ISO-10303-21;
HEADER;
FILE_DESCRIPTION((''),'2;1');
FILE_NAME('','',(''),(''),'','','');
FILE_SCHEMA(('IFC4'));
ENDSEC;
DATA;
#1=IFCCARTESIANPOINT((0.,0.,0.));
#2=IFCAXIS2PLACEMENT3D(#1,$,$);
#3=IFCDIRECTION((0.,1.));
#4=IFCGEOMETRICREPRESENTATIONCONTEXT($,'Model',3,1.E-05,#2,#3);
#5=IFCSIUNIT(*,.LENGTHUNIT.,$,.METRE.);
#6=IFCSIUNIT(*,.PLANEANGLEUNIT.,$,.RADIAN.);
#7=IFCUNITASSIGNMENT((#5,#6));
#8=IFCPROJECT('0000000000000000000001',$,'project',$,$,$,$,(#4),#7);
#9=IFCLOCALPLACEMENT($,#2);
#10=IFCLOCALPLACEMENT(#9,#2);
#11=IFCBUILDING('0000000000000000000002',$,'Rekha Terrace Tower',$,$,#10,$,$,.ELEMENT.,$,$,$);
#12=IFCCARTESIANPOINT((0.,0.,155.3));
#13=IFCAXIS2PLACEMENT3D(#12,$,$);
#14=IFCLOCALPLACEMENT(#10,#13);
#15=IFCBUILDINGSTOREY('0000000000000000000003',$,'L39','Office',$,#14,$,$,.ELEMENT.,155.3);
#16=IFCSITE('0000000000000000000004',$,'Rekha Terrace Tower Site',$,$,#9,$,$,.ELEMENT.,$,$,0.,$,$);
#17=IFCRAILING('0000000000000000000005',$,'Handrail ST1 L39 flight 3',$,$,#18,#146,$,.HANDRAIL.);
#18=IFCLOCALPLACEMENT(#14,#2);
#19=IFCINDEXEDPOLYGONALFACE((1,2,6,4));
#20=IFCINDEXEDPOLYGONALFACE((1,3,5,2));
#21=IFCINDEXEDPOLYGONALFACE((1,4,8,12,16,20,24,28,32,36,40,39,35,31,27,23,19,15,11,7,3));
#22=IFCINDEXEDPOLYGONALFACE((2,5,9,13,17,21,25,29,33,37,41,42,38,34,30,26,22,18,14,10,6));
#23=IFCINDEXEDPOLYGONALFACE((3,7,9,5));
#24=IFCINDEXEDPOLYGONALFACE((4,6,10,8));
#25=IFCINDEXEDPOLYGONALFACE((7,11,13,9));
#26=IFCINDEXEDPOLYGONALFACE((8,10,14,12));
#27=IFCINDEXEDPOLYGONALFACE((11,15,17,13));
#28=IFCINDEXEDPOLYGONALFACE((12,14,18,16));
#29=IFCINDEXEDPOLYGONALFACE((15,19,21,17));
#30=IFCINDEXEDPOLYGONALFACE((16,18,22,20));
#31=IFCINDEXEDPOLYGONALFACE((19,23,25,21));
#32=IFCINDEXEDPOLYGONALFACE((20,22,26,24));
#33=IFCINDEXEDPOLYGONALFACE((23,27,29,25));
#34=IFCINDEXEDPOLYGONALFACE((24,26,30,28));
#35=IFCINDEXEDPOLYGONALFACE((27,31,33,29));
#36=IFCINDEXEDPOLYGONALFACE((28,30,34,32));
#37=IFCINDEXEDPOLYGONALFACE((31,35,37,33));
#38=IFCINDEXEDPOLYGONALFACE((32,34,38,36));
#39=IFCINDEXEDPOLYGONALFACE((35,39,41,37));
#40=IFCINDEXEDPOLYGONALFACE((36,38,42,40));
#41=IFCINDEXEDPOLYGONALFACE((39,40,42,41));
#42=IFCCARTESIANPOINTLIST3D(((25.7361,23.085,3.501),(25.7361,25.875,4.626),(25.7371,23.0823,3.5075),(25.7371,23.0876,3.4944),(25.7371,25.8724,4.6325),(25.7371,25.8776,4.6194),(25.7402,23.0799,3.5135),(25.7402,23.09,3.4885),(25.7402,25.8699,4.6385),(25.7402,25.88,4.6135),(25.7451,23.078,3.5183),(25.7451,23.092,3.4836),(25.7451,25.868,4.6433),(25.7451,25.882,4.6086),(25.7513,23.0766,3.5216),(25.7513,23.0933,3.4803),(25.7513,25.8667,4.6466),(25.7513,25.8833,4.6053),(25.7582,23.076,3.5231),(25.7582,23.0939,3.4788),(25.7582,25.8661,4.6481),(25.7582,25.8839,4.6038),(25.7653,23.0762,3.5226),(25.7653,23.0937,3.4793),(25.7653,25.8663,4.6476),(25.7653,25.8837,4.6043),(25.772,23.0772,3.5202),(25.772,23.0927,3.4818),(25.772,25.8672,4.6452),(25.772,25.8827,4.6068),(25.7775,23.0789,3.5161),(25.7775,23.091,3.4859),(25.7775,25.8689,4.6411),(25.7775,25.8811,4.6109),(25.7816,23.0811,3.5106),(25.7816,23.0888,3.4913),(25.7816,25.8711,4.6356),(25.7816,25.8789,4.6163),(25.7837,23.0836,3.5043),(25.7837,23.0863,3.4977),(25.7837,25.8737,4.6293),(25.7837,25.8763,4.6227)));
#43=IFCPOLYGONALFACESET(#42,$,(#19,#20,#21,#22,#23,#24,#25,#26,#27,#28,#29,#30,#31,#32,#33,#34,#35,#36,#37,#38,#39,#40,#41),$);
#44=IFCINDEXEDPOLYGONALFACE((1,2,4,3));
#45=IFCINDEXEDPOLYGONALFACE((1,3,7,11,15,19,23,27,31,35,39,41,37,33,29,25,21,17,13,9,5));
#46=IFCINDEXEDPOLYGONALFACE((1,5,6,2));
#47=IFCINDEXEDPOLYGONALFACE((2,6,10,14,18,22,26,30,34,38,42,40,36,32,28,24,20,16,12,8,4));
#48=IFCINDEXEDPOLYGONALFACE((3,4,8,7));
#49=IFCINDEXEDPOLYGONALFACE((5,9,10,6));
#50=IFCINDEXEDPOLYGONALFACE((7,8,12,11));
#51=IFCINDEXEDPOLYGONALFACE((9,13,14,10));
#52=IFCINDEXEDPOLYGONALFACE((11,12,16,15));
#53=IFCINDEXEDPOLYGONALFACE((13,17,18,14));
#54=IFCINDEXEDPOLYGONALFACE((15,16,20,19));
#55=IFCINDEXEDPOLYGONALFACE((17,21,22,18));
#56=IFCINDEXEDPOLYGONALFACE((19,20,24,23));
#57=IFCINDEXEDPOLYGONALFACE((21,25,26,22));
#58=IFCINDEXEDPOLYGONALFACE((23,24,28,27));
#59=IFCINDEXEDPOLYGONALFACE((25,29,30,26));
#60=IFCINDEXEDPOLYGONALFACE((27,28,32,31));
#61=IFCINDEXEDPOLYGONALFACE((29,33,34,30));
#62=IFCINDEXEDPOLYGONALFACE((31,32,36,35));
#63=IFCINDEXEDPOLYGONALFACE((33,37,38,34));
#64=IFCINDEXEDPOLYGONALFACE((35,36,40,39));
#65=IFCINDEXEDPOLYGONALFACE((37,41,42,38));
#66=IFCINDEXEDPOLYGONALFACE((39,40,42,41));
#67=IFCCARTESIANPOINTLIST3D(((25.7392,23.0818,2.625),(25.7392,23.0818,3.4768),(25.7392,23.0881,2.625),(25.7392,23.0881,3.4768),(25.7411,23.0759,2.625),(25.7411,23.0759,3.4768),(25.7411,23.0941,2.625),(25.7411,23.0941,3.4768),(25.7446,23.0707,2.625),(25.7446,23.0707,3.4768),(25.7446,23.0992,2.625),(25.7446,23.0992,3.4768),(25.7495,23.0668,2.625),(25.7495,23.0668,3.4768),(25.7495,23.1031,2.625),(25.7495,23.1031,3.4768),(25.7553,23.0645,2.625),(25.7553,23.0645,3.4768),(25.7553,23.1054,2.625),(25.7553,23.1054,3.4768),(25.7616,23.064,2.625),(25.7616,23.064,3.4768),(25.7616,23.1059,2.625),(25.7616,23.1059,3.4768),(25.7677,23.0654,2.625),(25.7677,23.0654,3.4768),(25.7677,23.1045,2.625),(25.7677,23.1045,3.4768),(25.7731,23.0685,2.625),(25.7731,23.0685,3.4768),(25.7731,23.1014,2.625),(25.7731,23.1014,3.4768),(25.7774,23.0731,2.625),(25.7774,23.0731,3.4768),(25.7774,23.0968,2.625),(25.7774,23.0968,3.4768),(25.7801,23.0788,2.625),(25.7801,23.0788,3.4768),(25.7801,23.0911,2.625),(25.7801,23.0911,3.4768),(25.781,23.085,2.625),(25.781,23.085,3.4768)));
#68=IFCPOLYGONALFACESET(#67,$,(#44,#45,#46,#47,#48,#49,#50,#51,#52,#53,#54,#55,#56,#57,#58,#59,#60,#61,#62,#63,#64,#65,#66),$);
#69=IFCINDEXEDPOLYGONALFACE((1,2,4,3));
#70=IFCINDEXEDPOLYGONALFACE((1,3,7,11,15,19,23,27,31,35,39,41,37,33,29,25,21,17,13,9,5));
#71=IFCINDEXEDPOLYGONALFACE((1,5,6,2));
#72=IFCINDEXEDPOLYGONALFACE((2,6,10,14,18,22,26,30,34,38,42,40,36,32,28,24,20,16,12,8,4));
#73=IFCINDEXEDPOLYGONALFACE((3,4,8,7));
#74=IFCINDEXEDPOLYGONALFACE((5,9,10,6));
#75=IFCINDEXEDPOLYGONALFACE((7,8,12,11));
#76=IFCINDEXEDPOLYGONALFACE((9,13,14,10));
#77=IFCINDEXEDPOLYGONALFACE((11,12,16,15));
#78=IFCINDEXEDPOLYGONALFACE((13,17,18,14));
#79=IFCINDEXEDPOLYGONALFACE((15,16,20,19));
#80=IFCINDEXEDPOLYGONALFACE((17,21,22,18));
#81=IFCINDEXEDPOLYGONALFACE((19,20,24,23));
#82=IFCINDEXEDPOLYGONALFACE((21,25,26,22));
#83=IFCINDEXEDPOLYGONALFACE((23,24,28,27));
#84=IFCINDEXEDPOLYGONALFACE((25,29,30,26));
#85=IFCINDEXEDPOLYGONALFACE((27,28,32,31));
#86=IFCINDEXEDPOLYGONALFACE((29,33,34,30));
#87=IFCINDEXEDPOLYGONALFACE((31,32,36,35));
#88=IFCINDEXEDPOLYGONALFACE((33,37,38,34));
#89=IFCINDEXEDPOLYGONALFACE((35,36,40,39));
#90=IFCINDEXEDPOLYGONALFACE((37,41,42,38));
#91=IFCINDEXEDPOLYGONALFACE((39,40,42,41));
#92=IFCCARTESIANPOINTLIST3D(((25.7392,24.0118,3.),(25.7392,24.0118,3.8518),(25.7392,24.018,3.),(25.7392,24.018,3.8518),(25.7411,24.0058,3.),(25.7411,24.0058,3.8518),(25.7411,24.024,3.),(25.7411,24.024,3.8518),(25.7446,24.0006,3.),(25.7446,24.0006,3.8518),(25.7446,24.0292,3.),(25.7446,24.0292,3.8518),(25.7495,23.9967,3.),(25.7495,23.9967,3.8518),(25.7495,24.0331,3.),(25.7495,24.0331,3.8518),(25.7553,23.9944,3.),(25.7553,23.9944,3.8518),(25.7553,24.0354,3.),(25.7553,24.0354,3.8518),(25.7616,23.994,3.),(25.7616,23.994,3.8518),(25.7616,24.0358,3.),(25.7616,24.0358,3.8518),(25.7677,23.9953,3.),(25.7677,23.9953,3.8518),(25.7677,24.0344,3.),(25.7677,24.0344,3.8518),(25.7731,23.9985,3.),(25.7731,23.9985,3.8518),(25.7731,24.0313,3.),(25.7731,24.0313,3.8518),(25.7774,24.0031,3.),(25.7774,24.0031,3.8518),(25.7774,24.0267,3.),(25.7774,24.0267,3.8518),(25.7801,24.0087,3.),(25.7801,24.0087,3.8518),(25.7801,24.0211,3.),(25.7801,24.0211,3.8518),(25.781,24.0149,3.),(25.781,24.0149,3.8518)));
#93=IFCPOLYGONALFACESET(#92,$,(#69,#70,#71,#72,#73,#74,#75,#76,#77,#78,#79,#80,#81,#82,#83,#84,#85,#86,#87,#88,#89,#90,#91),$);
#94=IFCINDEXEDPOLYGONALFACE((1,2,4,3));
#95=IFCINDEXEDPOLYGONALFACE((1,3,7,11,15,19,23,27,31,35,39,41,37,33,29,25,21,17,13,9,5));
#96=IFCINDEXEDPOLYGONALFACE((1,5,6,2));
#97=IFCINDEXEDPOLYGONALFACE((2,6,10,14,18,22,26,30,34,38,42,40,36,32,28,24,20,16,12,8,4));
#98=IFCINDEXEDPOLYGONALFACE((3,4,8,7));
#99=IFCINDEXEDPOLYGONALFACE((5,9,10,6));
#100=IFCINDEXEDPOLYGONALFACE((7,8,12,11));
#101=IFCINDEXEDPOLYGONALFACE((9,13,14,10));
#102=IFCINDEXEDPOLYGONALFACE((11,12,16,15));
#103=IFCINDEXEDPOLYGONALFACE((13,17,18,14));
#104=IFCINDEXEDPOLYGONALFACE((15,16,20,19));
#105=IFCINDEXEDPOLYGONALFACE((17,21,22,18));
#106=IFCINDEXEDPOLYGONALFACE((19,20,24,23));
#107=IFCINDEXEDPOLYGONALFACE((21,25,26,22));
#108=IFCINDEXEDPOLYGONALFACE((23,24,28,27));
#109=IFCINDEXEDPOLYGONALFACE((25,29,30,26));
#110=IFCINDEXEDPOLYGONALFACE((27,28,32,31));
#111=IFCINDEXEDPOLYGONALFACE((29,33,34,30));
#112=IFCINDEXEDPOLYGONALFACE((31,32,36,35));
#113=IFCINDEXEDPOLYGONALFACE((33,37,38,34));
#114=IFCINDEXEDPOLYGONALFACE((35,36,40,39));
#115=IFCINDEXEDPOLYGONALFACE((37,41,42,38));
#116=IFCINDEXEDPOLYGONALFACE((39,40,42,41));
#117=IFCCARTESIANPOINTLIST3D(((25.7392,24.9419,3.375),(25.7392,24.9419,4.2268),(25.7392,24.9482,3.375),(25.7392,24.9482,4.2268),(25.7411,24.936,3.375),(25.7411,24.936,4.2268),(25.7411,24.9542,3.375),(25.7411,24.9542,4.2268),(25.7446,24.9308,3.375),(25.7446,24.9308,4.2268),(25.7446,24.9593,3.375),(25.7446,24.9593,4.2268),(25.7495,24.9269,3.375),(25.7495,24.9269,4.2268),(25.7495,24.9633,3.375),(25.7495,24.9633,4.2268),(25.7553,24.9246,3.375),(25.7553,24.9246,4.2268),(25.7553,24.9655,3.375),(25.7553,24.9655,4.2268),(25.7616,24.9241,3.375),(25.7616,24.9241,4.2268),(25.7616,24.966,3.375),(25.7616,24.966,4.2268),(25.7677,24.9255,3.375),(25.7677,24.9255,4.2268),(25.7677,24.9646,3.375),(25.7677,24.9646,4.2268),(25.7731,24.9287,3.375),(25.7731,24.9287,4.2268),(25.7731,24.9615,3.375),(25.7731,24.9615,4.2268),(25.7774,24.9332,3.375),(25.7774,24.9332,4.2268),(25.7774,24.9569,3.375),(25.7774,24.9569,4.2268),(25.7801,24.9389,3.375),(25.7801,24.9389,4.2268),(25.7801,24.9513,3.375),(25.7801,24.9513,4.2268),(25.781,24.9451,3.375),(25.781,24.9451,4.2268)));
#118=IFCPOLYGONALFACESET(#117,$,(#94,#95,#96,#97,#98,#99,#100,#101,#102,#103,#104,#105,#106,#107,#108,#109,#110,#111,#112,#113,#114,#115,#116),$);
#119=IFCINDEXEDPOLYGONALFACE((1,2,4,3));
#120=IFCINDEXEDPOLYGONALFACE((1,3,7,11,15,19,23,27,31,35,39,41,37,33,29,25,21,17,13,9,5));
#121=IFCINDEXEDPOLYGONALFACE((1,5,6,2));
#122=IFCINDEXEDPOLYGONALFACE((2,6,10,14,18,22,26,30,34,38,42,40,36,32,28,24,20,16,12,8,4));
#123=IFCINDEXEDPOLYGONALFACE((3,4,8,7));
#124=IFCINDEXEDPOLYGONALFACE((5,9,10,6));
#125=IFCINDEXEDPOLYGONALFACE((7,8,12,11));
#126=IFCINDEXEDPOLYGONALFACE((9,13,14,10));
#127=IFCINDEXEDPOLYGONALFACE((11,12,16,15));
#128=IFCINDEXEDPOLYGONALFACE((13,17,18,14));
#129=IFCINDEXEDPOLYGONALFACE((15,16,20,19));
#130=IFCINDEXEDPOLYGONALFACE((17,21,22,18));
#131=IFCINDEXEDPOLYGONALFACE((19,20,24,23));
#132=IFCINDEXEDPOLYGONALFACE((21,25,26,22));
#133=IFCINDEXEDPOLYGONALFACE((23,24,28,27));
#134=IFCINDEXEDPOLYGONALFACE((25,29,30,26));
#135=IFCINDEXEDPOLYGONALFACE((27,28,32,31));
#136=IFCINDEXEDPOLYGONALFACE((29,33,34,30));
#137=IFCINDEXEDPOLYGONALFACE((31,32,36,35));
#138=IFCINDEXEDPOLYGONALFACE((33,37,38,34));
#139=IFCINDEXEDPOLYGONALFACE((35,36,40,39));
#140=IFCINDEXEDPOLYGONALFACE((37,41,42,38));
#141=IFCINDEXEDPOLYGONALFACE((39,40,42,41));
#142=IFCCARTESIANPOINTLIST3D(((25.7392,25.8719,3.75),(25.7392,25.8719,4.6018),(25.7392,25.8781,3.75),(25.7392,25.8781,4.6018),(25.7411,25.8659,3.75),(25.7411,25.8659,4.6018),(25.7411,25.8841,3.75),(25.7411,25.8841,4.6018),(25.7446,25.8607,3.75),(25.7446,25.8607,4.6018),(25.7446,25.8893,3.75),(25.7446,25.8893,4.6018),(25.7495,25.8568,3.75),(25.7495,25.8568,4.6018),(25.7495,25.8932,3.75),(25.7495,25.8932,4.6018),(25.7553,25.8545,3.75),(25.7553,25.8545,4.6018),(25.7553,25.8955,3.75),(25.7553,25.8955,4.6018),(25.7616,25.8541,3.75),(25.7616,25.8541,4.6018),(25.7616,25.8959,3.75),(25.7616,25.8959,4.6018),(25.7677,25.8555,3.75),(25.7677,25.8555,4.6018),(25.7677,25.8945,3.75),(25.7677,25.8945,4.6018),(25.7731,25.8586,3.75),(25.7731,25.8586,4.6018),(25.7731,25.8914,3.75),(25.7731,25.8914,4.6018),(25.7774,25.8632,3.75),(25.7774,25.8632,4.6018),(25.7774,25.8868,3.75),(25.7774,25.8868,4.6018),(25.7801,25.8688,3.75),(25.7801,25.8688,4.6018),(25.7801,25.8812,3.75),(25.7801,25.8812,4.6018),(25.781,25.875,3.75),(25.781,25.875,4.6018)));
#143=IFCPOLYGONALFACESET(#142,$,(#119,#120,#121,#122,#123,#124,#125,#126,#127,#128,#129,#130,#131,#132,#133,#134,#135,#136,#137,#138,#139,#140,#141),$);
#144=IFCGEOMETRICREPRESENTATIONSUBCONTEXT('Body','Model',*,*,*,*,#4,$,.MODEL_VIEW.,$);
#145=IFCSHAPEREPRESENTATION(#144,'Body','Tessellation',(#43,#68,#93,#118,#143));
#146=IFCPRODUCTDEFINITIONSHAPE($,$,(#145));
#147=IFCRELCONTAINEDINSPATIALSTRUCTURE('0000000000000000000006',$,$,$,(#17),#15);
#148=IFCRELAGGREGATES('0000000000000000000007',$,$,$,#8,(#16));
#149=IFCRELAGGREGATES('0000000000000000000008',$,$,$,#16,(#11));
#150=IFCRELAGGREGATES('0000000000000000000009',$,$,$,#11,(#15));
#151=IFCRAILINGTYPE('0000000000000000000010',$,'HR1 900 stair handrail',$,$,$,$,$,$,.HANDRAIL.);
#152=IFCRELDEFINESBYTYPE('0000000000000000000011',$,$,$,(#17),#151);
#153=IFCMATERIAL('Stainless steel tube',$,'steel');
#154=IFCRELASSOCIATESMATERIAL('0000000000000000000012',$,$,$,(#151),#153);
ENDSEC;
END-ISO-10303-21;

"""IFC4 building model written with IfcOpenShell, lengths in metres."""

from ifc_helpers import new_model, si_unit, direction, frame, origin, origin_2d, place, context, subcontext, project, spatial, circle, extrude, material, type_object, element, save


model = new_model("IFC4")

# Units and contexts
model_context = context("Model", 3, precision=1e-05, world=origin(), true_north=direction((0.0, 1.0)))
body_context = subcontext(model_context, "Body", "Model", "MODEL_VIEW")
ifc_project = project(units=[si_unit("LENGTHUNIT", "METRE"), si_unit("PLANEANGLEUNIT", "RADIAN")], contexts=[model_context])

# Site, building, storey
site_placement = place(None, origin())
site = spatial("IfcSite", under=ifc_project, at=site_placement, Name="Rekha Terrace Tower Site", CompositionType="ELEMENT", RefElevation=0.0)
building_placement = place(site_placement, origin())
building = spatial("IfcBuilding", under=site, at=building_placement, Name="Rekha Terrace Tower", CompositionType="ELEMENT")
storey_placement = place(building_placement, frame((0.0, 0.0, 155.3)))
storey = spatial("IfcBuildingStorey", under=building, at=storey_placement, Name="L39", Description="Office", CompositionType="ELEMENT", Elevation=155.3)

# Railing
ifc_material_1 = material(Name="Stainless steel tube", Category="steel")
railing_type_1 = type_object("IfcRailingType", Name="HR1 900 stair handrail", PredefinedType="HANDRAIL", material=ifc_material_1)
railing_1_placement = place(storey_placement, frame((25.76, 23.085, 2.625)))
element("IfcRailing", 1, at=railing_1_placement, inside=storey, type_object=railing_type_1, Name="Handrail ST1 L39 flight 3", PredefinedType="HANDRAIL", context=body_context, shape_type="SweptSolid", body=[
    extrude(circle(Radius=0.0239, at=origin_2d()), frame((0.0, 0.0, 0.876), z_axis=(0.0, 0.927443, 0.373964), x_axis=(-1.0, 0.0, 0.0)), (0.0, 0.0, 1.0), 3.0083),
    extrude(circle(Radius=0.021, at=origin_2d()), origin(), (0.0, 0.0, 1.0), 0.8518),
    extrude(circle(Radius=0.021, at=origin_2d()), frame((0.0, 0.9299, 0.375)), (0.0, 0.0, 1.0), 0.8518),
    extrude(circle(Radius=0.021, at=origin_2d()), frame((0.0, 1.8601, 0.75)), (0.0, 0.0, 1.0), 0.8518),
    extrude(circle(Radius=0.021, at=origin_2d()), frame((0.0, 2.79, 1.125)), (0.0, 0.0, 1.0), 0.8518),
])

save(model, "model.ifc")
